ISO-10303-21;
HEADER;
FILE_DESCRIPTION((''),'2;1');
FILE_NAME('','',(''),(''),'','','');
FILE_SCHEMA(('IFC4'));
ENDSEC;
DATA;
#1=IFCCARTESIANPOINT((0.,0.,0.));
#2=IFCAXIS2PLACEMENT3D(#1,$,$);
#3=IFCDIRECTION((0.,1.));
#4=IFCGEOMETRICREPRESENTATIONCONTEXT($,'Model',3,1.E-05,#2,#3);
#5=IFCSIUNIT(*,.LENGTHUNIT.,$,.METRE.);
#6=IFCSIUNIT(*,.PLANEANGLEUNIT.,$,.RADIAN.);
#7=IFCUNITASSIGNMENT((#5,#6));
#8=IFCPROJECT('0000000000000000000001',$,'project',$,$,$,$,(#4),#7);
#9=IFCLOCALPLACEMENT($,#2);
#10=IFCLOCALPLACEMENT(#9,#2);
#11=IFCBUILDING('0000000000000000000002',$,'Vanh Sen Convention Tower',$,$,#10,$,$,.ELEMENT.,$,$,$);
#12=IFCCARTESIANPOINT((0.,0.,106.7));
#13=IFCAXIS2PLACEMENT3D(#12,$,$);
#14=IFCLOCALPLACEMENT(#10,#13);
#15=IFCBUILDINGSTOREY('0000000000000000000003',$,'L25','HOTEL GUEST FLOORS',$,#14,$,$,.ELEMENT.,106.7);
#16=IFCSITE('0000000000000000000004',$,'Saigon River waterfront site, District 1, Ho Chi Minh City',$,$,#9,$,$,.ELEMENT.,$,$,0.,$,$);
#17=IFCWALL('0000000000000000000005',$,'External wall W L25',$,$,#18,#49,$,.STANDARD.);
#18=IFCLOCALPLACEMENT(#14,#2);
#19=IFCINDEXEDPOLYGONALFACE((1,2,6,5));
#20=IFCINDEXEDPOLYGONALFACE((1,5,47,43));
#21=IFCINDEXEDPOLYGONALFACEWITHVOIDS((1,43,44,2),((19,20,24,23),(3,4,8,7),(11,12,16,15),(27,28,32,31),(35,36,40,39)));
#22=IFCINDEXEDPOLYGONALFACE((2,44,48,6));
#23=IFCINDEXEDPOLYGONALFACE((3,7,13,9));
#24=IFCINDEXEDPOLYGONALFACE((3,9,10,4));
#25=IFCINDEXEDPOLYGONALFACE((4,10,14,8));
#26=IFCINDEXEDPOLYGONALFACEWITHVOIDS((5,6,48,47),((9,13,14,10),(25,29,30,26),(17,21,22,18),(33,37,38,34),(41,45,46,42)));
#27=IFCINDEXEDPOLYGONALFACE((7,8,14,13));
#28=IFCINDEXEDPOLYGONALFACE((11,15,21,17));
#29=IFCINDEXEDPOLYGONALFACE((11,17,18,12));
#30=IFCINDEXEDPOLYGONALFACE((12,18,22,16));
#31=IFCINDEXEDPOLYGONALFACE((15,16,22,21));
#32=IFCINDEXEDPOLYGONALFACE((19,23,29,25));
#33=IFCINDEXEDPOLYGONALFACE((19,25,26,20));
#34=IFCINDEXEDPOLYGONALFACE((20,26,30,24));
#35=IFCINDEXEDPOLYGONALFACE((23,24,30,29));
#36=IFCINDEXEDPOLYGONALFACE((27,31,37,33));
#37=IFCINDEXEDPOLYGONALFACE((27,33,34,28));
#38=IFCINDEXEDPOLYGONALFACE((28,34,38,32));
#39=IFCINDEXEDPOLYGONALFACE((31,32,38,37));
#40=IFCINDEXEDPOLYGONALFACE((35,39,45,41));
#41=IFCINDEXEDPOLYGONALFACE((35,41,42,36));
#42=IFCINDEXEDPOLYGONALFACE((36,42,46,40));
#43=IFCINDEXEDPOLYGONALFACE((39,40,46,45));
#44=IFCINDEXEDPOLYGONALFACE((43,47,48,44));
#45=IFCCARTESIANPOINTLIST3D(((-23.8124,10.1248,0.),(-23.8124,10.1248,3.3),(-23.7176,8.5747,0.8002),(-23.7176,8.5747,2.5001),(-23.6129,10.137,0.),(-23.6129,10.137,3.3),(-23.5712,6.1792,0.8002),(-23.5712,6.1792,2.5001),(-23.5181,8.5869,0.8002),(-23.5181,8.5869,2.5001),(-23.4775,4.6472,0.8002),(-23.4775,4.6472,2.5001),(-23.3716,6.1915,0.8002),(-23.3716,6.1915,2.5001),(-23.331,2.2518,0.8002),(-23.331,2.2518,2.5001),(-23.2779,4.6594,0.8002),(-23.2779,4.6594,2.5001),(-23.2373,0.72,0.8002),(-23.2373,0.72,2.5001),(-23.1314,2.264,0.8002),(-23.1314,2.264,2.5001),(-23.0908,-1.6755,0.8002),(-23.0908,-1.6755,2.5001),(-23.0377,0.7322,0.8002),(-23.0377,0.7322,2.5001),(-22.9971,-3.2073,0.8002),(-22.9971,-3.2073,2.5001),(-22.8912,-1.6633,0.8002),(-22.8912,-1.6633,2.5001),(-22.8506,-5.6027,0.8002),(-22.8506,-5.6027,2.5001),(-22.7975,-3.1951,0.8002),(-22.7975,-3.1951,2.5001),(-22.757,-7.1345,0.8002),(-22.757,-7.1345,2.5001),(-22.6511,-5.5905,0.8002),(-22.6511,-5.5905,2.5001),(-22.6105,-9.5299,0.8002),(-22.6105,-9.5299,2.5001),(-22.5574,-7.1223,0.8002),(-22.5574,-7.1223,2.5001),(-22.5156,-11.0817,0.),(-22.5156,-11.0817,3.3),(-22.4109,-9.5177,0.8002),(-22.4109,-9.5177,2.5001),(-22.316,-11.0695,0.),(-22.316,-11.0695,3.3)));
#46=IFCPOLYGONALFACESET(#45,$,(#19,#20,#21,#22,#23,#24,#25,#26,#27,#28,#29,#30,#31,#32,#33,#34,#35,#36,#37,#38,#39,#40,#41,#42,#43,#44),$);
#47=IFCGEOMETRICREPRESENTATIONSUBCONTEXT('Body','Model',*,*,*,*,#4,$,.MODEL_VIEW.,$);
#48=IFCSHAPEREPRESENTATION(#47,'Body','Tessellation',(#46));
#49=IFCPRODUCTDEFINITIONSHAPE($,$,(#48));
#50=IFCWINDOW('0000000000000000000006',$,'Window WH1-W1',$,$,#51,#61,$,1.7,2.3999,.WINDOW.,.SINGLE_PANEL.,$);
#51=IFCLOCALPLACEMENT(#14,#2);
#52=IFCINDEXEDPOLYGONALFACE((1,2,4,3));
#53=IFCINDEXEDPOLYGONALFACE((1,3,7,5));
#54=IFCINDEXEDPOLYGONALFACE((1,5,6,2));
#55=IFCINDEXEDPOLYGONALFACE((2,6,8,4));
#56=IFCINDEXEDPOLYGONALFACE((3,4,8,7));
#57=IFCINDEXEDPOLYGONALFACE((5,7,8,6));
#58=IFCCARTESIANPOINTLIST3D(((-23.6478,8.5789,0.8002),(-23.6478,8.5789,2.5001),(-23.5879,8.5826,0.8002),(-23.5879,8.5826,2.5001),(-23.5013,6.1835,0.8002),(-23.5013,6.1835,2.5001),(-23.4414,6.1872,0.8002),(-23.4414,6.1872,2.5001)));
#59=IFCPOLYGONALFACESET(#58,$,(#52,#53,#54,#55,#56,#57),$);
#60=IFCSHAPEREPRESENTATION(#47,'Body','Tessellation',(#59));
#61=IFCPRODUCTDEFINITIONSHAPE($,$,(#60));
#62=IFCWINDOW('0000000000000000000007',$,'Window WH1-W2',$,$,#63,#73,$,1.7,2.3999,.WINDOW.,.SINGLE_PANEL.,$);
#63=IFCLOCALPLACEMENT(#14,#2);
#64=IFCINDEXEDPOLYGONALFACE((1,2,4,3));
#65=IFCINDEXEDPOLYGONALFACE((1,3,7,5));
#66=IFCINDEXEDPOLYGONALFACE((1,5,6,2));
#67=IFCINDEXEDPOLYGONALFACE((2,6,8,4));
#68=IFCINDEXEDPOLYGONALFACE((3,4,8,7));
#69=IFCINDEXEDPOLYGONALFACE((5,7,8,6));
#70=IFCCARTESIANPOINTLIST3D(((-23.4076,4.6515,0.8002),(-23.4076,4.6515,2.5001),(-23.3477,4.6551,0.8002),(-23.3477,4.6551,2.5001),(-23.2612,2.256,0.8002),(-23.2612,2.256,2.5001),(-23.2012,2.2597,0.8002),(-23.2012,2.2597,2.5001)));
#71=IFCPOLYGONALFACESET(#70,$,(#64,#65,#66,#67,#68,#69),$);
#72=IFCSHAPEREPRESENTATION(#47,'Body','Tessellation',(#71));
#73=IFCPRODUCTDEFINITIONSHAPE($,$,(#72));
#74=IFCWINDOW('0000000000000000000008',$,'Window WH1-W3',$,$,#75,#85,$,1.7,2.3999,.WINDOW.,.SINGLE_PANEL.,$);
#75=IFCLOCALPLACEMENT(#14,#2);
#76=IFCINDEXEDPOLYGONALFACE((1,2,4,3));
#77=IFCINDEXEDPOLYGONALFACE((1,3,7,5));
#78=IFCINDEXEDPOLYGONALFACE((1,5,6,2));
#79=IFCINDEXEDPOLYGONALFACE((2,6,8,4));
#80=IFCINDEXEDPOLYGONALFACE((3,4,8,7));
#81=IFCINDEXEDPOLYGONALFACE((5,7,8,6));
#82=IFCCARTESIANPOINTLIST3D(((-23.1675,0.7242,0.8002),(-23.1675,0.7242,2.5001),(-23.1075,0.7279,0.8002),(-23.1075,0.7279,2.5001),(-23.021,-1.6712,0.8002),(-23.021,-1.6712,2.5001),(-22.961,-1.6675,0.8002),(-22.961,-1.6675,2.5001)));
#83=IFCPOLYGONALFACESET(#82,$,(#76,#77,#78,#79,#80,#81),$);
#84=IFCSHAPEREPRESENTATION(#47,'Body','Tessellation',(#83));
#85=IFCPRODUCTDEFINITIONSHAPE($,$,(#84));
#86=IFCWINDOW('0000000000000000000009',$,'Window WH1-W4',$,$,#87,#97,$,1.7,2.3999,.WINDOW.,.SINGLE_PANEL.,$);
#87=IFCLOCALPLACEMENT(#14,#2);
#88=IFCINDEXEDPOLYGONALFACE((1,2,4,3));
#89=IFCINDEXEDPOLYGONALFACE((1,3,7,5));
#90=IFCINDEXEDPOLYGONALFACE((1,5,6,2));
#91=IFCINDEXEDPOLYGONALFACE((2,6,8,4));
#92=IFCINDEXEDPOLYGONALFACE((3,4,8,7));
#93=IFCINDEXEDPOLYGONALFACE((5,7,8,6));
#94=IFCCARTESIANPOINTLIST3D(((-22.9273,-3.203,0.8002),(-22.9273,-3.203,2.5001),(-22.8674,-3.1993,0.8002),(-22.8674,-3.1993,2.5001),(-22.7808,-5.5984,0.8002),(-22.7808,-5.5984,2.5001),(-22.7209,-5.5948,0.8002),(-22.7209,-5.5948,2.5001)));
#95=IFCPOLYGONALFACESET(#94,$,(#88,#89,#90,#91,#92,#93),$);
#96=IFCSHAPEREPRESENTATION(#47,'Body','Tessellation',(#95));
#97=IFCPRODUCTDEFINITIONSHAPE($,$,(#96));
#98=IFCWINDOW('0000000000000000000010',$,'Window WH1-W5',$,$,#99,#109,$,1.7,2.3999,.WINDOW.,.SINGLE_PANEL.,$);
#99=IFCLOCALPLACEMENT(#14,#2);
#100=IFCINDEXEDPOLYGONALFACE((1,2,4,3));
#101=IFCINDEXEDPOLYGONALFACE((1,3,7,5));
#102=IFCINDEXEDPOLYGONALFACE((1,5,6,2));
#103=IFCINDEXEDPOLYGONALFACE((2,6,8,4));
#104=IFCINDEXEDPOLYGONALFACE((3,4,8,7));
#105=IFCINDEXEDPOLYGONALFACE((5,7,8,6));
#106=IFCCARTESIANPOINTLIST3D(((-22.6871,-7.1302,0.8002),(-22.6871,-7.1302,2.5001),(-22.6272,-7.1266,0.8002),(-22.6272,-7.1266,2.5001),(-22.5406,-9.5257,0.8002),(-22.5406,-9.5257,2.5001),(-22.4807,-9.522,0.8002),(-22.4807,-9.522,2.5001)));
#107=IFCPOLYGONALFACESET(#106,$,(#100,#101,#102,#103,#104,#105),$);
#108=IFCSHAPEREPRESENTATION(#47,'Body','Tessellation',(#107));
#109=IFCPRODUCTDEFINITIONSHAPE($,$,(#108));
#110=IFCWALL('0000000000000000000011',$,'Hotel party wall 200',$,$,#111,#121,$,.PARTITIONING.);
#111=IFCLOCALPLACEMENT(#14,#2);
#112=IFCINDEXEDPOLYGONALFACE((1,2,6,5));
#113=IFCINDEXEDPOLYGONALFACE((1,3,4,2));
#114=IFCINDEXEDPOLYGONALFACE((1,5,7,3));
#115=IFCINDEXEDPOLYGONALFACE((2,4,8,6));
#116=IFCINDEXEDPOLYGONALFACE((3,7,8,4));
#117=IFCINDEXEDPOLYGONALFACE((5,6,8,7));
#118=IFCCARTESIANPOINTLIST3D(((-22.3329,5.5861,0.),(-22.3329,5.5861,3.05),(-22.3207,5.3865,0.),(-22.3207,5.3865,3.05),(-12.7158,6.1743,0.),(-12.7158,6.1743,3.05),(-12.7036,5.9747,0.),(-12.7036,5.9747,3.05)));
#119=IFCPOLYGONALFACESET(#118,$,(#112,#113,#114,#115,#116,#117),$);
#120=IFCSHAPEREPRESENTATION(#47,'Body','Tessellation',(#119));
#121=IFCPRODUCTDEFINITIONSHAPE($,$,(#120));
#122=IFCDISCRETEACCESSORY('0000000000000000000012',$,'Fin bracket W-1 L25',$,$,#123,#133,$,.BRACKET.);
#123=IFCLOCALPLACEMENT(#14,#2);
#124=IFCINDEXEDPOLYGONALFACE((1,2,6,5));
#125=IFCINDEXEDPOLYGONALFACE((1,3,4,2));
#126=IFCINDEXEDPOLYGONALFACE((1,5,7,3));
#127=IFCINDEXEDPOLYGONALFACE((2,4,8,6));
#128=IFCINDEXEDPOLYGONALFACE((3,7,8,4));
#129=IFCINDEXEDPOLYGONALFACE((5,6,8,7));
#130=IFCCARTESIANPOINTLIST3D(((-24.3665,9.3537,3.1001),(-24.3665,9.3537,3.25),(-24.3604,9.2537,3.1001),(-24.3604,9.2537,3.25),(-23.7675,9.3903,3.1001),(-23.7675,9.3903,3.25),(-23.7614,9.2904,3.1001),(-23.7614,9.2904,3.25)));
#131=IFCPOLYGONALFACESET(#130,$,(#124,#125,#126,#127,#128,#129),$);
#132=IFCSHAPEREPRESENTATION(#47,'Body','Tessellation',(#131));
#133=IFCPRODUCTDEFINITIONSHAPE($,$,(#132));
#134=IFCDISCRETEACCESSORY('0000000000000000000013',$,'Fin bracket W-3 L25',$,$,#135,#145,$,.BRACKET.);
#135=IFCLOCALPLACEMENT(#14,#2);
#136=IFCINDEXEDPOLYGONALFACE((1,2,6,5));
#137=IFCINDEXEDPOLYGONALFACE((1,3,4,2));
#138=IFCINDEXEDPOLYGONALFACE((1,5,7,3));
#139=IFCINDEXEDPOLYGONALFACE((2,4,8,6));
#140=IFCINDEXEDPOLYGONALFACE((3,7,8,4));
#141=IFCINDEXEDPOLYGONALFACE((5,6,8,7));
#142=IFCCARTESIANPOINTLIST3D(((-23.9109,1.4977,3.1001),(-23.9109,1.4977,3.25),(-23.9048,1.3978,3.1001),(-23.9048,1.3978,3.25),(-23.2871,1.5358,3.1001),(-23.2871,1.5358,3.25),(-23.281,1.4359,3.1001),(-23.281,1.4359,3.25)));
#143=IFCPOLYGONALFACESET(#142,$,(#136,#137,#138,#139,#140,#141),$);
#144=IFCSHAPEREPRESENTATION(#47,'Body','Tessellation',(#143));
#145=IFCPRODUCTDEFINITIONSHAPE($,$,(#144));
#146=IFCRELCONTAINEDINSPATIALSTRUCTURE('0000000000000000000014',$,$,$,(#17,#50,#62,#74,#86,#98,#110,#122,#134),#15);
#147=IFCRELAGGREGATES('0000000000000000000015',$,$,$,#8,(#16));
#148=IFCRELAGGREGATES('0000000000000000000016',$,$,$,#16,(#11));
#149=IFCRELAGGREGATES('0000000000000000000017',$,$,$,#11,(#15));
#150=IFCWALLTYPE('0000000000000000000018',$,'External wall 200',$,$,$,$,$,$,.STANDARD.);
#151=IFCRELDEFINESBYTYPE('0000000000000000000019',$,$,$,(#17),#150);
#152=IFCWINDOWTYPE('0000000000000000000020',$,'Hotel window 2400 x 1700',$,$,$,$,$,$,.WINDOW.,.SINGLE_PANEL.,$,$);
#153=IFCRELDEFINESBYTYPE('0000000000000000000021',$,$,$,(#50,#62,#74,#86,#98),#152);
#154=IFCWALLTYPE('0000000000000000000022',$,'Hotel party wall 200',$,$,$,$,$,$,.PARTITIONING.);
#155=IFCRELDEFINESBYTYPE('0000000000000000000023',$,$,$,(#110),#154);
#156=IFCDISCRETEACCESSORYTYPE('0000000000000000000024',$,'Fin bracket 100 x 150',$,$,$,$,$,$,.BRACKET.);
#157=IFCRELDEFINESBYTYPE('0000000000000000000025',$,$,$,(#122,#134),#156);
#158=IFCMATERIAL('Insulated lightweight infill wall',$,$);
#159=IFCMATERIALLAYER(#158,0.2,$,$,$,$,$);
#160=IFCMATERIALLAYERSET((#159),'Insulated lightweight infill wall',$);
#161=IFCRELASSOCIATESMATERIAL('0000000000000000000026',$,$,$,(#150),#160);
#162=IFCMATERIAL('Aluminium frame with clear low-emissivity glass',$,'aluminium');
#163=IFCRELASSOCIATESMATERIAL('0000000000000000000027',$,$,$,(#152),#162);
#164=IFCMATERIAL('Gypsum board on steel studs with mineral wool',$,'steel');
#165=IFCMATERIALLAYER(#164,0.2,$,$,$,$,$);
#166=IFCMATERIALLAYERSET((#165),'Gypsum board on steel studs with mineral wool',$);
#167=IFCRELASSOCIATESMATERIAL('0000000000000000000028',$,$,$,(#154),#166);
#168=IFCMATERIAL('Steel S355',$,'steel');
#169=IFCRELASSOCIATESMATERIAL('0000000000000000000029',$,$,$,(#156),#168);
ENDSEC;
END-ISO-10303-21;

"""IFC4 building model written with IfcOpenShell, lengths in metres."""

from ifc_helpers import new_model, si_unit, direction, frame, frame_2d, origin, origin_2d, place, context, subcontext, project, spatial, rectangle, extrude, material, layer, layer_set, type_object, element, fill, save


model = new_model("IFC4")

# Units and contexts
model_context = context("Model", 3, precision=1e-05, world=origin(), true_north=direction((0.0, 1.0)))
body_context = subcontext(model_context, "Body", "Model", "MODEL_VIEW")
ifc_project = project(units=[si_unit("LENGTHUNIT", "METRE"), si_unit("PLANEANGLEUNIT", "RADIAN")], contexts=[model_context])

# Site, building, storey
site_placement = place(None, origin())
site = spatial("IfcSite", under=ifc_project, at=site_placement, Name="Saigon River waterfront site, District 1, Ho Chi Minh City", CompositionType="ELEMENT", RefElevation=0.0)
building_placement = place(site_placement, origin())
building = spatial("IfcBuilding", under=site, at=building_placement, Name="Vanh Sen Convention Tower", CompositionType="ELEMENT")
storey_placement = place(building_placement, frame((0.0, 0.0, 106.7)))
storey = spatial("IfcBuildingStorey", under=building, at=storey_placement, Name="L25", Description="HOTEL GUEST FLOORS", CompositionType="ELEMENT", Elevation=106.7)

# Shared definitions
ifc_material_1 = material(Name="Gypsum board on steel studs with mineral wool", Category="steel")

# Wall, openings, windows
ifc_material_2 = material(Name="Insulated lightweight infill wall")
ifc_layer_1 = layer(ifc_material_2, 0.2)
ifc_layer_set_1 = layer_set([ifc_layer_1], Name="Insulated lightweight infill wall")
wall_type_1 = type_object("IfcWallType", Name="External wall 200", PredefinedType="STANDARD", material=ifc_layer_set_1)
wall_1_placement = place(storey_placement, frame((-23.7126, 10.1309, 0.0), z_axis=(0.0, 0.0, 1.0), x_axis=(0.06104, -0.998135, 0.0)))
wall_1 = element("IfcWall", 1, at=wall_1_placement, inside=storey, type_object=wall_type_1, Name="External wall W L25", PredefinedType="STANDARD", context=body_context, shape_type="SweptSolid", body=[
    extrude(rectangle(XDim=21.2461, YDim=0.2, at=frame_2d((10.623, 0.0))), origin(), (0.0, 0.0, 1.0), 3.3),
])
opening_1_placement = place(wall_1_placement, frame((1.553, 0.0, 0.8)))
opening_1 = element("IfcOpeningElement", 2, at=opening_1_placement, cuts=wall_1, PredefinedType="OPENING", context=body_context, shape_type="SweptSolid", body=[
    extrude(rectangle(XDim=2.3999, YDim=1.7, at=frame_2d((1.2, 0.8501))), frame((0.0, 0.1099, 0.0), z_axis=(0.0, -1.0, 0.0), x_axis=(1.0, 0.0, 0.0)), (0.0, 0.0, 1.0), 0.22),
])
opening_2_placement = place(wall_1_placement, frame((5.4878, 0.0, 0.8)))
opening_2 = element("IfcOpeningElement", 3, at=opening_2_placement, cuts=wall_1, PredefinedType="OPENING", context=body_context, shape_type="SweptSolid", body=[
    extrude(rectangle(XDim=2.3999, YDim=1.7, at=frame_2d((1.2, 0.8501))), frame((0.0, 0.1099, 0.0), z_axis=(0.0, -1.0, 0.0), x_axis=(1.0, 0.0, 0.0)), (0.0, 0.0, 1.0), 0.22),
])
opening_3_placement = place(wall_1_placement, frame((9.4224, 0.0, 0.8)))
opening_3 = element("IfcOpeningElement", 4, at=opening_3_placement, cuts=wall_1, PredefinedType="OPENING", context=body_context, shape_type="SweptSolid", body=[
    extrude(rectangle(XDim=2.3999, YDim=1.7, at=frame_2d((1.2, 0.8501))), frame((0.0, 0.1099, 0.0), z_axis=(0.0, -1.0, 0.0), x_axis=(1.0, 0.0, 0.0)), (0.0, 0.0, 1.0), 0.22),
])
opening_4_placement = place(wall_1_placement, frame((13.3569, 0.0, 0.8)))
opening_4 = element("IfcOpeningElement", 5, at=opening_4_placement, cuts=wall_1, PredefinedType="OPENING", context=body_context, shape_type="SweptSolid", body=[
    extrude(rectangle(XDim=2.3999, YDim=1.7, at=frame_2d((1.2, 0.8501))), frame((0.0, 0.1099, 0.0), z_axis=(0.0, -1.0, 0.0), x_axis=(1.0, 0.0, 0.0)), (0.0, 0.0, 1.0), 0.22),
])
opening_5_placement = place(wall_1_placement, frame((17.2915, 0.0, 0.8)))
opening_5 = element("IfcOpeningElement", 6, at=opening_5_placement, cuts=wall_1, PredefinedType="OPENING", context=body_context, shape_type="SweptSolid", body=[
    extrude(rectangle(XDim=2.3999, YDim=1.7, at=frame_2d((1.2, 0.8501))), frame((0.0, 0.1099, 0.0), z_axis=(0.0, -1.0, 0.0), x_axis=(1.0, 0.0, 0.0)), (0.0, 0.0, 1.0), 0.22),
])
ifc_material_3 = material(Name="Aluminium frame with clear low-emissivity glass", Category="aluminium")
window_type = type_object("IfcWindowType", Name="Hotel window 2400 x 1700", PartitioningType="SINGLE_PANEL", PredefinedType="WINDOW", material=ifc_material_3)
window_1_placement = place(opening_1_placement, origin())
window_1 = element("IfcWindow", 7, at=window_1_placement, inside=storey, type_object=window_type, Name="Window WH1-W1", OverallHeight=1.7, OverallWidth=2.3999, PartitioningType="SINGLE_PANEL", PredefinedType="WINDOW", context=body_context, shape_type="SweptSolid", body=[
    extrude(rectangle(XDim=2.3999, YDim=1.7, at=frame_2d((1.2, 0.8501))), frame((0.0, 0.03, 0.0), z_axis=(0.0, -1.0, 0.0), x_axis=(1.0, 0.0, 0.0)), (0.0, 0.0, 1.0), 0.0601),
])
fill(opening_1, window_1)
window_2_placement = place(opening_2_placement, origin())
window_2 = element("IfcWindow", 8, at=window_2_placement, inside=storey, type_object=window_type, Name="Window WH1-W2", OverallHeight=1.7, OverallWidth=2.3999, PartitioningType="SINGLE_PANEL", PredefinedType="WINDOW", context=body_context, shape_type="SweptSolid", body=[
    extrude(rectangle(XDim=2.3999, YDim=1.7, at=frame_2d((1.2, 0.8501))), frame((0.0, 0.03, 0.0), z_axis=(0.0, -1.0, 0.0), x_axis=(1.0, 0.0, 0.0)), (0.0, 0.0, 1.0), 0.0601),
])
fill(opening_2, window_2)
window_3_placement = place(opening_3_placement, origin())
window_3 = element("IfcWindow", 9, at=window_3_placement, inside=storey, type_object=window_type, Name="Window WH1-W3", OverallHeight=1.7, OverallWidth=2.3999, PartitioningType="SINGLE_PANEL", PredefinedType="WINDOW", context=body_context, shape_type="SweptSolid", body=[
    extrude(rectangle(XDim=2.3999, YDim=1.7, at=frame_2d((1.2, 0.8501))), frame((0.0, 0.03, 0.0), z_axis=(0.0, -1.0, 0.0), x_axis=(1.0, 0.0, 0.0)), (0.0, 0.0, 1.0), 0.0601),
])
fill(opening_3, window_3)
window_4_placement = place(opening_4_placement, origin())
window_4 = element("IfcWindow", 10, at=window_4_placement, inside=storey, type_object=window_type, Name="Window WH1-W4", OverallHeight=1.7, OverallWidth=2.3999, PartitioningType="SINGLE_PANEL", PredefinedType="WINDOW", context=body_context, shape_type="SweptSolid", body=[
    extrude(rectangle(XDim=2.3999, YDim=1.7, at=frame_2d((1.2, 0.8501))), frame((0.0, 0.03, 0.0), z_axis=(0.0, -1.0, 0.0), x_axis=(1.0, 0.0, 0.0)), (0.0, 0.0, 1.0), 0.0601),
])
fill(opening_4, window_4)
window_5_placement = place(opening_5_placement, origin())
window_5 = element("IfcWindow", 11, at=window_5_placement, inside=storey, type_object=window_type, Name="Window WH1-W5", OverallHeight=1.7, OverallWidth=2.3999, PartitioningType="SINGLE_PANEL", PredefinedType="WINDOW", context=body_context, shape_type="SweptSolid", body=[
    extrude(rectangle(XDim=2.3999, YDim=1.7, at=frame_2d((1.2, 0.8501))), frame((0.0, 0.03, 0.0), z_axis=(0.0, -1.0, 0.0), x_axis=(1.0, 0.0, 0.0)), (0.0, 0.0, 1.0), 0.0601),
])
fill(opening_5, window_5)

# Wall
ifc_layer_2 = layer(ifc_material_1, 0.2)
ifc_layer_set_2 = layer_set([ifc_layer_2], Name="Gypsum board on steel studs with mineral wool")
wall_type_2 = type_object("IfcWallType", Name="Hotel party wall 200", PredefinedType="PARTITIONING", material=ifc_layer_set_2)
wall_2_placement = place(storey_placement, frame((-22.3267, 5.4863, 0.0), z_axis=(0.0, 0.0, 1.0), x_axis=(0.998135, 0.061042, 0.0)))
element("IfcWall", 12, at=wall_2_placement, inside=storey, type_object=wall_type_2, Name="Hotel party wall 200", PredefinedType="PARTITIONING", context=body_context, shape_type="SweptSolid", body=[
    extrude(rectangle(XDim=9.635, YDim=0.2, at=frame_2d((4.8174, 0.0))), origin(), (0.0, 0.0, 1.0), 3.05),
])

# Discrete accessories
ifc_material_4 = material(Name="Steel S355", Category="steel")
discrete_accessory_type = type_object("IfcDiscreteAccessoryType", Name="Fin bracket 100 x 150", PredefinedType="BRACKET", material=ifc_material_4)
discrete_accessory_1_placement = place(storey_placement, frame((-24.064, 9.322, 3.1001), z_axis=(0.0, 0.0, 1.0), x_axis=(-0.998135, -0.061049, 0.0)))
element("IfcDiscreteAccessory", 13, at=discrete_accessory_1_placement, inside=storey, type_object=discrete_accessory_type, Name="Fin bracket W-1 L25", PredefinedType="BRACKET", context=body_context, shape_type="SweptSolid", body=[
    extrude(rectangle(XDim=0.6001, YDim=0.1001, at=origin_2d()), origin(), (0.0, 0.0, 1.0), 0.1499),
])
discrete_accessory_2_placement = place(storey_placement, frame((-23.5959, 1.4668, 3.1001), z_axis=(0.0, 0.0, 1.0), x_axis=(-0.998135, -0.061049, 0.0)))
element("IfcDiscreteAccessory", 14, at=discrete_accessory_2_placement, inside=storey, type_object=discrete_accessory_type, Name="Fin bracket W-3 L25", PredefinedType="BRACKET", context=body_context, shape_type="SweptSolid", body=[
    extrude(rectangle(XDim=0.625, YDim=0.1001, at=origin_2d()), origin(), (0.0, 0.0, 1.0), 0.1499),
])

save(model, "model.ifc")
